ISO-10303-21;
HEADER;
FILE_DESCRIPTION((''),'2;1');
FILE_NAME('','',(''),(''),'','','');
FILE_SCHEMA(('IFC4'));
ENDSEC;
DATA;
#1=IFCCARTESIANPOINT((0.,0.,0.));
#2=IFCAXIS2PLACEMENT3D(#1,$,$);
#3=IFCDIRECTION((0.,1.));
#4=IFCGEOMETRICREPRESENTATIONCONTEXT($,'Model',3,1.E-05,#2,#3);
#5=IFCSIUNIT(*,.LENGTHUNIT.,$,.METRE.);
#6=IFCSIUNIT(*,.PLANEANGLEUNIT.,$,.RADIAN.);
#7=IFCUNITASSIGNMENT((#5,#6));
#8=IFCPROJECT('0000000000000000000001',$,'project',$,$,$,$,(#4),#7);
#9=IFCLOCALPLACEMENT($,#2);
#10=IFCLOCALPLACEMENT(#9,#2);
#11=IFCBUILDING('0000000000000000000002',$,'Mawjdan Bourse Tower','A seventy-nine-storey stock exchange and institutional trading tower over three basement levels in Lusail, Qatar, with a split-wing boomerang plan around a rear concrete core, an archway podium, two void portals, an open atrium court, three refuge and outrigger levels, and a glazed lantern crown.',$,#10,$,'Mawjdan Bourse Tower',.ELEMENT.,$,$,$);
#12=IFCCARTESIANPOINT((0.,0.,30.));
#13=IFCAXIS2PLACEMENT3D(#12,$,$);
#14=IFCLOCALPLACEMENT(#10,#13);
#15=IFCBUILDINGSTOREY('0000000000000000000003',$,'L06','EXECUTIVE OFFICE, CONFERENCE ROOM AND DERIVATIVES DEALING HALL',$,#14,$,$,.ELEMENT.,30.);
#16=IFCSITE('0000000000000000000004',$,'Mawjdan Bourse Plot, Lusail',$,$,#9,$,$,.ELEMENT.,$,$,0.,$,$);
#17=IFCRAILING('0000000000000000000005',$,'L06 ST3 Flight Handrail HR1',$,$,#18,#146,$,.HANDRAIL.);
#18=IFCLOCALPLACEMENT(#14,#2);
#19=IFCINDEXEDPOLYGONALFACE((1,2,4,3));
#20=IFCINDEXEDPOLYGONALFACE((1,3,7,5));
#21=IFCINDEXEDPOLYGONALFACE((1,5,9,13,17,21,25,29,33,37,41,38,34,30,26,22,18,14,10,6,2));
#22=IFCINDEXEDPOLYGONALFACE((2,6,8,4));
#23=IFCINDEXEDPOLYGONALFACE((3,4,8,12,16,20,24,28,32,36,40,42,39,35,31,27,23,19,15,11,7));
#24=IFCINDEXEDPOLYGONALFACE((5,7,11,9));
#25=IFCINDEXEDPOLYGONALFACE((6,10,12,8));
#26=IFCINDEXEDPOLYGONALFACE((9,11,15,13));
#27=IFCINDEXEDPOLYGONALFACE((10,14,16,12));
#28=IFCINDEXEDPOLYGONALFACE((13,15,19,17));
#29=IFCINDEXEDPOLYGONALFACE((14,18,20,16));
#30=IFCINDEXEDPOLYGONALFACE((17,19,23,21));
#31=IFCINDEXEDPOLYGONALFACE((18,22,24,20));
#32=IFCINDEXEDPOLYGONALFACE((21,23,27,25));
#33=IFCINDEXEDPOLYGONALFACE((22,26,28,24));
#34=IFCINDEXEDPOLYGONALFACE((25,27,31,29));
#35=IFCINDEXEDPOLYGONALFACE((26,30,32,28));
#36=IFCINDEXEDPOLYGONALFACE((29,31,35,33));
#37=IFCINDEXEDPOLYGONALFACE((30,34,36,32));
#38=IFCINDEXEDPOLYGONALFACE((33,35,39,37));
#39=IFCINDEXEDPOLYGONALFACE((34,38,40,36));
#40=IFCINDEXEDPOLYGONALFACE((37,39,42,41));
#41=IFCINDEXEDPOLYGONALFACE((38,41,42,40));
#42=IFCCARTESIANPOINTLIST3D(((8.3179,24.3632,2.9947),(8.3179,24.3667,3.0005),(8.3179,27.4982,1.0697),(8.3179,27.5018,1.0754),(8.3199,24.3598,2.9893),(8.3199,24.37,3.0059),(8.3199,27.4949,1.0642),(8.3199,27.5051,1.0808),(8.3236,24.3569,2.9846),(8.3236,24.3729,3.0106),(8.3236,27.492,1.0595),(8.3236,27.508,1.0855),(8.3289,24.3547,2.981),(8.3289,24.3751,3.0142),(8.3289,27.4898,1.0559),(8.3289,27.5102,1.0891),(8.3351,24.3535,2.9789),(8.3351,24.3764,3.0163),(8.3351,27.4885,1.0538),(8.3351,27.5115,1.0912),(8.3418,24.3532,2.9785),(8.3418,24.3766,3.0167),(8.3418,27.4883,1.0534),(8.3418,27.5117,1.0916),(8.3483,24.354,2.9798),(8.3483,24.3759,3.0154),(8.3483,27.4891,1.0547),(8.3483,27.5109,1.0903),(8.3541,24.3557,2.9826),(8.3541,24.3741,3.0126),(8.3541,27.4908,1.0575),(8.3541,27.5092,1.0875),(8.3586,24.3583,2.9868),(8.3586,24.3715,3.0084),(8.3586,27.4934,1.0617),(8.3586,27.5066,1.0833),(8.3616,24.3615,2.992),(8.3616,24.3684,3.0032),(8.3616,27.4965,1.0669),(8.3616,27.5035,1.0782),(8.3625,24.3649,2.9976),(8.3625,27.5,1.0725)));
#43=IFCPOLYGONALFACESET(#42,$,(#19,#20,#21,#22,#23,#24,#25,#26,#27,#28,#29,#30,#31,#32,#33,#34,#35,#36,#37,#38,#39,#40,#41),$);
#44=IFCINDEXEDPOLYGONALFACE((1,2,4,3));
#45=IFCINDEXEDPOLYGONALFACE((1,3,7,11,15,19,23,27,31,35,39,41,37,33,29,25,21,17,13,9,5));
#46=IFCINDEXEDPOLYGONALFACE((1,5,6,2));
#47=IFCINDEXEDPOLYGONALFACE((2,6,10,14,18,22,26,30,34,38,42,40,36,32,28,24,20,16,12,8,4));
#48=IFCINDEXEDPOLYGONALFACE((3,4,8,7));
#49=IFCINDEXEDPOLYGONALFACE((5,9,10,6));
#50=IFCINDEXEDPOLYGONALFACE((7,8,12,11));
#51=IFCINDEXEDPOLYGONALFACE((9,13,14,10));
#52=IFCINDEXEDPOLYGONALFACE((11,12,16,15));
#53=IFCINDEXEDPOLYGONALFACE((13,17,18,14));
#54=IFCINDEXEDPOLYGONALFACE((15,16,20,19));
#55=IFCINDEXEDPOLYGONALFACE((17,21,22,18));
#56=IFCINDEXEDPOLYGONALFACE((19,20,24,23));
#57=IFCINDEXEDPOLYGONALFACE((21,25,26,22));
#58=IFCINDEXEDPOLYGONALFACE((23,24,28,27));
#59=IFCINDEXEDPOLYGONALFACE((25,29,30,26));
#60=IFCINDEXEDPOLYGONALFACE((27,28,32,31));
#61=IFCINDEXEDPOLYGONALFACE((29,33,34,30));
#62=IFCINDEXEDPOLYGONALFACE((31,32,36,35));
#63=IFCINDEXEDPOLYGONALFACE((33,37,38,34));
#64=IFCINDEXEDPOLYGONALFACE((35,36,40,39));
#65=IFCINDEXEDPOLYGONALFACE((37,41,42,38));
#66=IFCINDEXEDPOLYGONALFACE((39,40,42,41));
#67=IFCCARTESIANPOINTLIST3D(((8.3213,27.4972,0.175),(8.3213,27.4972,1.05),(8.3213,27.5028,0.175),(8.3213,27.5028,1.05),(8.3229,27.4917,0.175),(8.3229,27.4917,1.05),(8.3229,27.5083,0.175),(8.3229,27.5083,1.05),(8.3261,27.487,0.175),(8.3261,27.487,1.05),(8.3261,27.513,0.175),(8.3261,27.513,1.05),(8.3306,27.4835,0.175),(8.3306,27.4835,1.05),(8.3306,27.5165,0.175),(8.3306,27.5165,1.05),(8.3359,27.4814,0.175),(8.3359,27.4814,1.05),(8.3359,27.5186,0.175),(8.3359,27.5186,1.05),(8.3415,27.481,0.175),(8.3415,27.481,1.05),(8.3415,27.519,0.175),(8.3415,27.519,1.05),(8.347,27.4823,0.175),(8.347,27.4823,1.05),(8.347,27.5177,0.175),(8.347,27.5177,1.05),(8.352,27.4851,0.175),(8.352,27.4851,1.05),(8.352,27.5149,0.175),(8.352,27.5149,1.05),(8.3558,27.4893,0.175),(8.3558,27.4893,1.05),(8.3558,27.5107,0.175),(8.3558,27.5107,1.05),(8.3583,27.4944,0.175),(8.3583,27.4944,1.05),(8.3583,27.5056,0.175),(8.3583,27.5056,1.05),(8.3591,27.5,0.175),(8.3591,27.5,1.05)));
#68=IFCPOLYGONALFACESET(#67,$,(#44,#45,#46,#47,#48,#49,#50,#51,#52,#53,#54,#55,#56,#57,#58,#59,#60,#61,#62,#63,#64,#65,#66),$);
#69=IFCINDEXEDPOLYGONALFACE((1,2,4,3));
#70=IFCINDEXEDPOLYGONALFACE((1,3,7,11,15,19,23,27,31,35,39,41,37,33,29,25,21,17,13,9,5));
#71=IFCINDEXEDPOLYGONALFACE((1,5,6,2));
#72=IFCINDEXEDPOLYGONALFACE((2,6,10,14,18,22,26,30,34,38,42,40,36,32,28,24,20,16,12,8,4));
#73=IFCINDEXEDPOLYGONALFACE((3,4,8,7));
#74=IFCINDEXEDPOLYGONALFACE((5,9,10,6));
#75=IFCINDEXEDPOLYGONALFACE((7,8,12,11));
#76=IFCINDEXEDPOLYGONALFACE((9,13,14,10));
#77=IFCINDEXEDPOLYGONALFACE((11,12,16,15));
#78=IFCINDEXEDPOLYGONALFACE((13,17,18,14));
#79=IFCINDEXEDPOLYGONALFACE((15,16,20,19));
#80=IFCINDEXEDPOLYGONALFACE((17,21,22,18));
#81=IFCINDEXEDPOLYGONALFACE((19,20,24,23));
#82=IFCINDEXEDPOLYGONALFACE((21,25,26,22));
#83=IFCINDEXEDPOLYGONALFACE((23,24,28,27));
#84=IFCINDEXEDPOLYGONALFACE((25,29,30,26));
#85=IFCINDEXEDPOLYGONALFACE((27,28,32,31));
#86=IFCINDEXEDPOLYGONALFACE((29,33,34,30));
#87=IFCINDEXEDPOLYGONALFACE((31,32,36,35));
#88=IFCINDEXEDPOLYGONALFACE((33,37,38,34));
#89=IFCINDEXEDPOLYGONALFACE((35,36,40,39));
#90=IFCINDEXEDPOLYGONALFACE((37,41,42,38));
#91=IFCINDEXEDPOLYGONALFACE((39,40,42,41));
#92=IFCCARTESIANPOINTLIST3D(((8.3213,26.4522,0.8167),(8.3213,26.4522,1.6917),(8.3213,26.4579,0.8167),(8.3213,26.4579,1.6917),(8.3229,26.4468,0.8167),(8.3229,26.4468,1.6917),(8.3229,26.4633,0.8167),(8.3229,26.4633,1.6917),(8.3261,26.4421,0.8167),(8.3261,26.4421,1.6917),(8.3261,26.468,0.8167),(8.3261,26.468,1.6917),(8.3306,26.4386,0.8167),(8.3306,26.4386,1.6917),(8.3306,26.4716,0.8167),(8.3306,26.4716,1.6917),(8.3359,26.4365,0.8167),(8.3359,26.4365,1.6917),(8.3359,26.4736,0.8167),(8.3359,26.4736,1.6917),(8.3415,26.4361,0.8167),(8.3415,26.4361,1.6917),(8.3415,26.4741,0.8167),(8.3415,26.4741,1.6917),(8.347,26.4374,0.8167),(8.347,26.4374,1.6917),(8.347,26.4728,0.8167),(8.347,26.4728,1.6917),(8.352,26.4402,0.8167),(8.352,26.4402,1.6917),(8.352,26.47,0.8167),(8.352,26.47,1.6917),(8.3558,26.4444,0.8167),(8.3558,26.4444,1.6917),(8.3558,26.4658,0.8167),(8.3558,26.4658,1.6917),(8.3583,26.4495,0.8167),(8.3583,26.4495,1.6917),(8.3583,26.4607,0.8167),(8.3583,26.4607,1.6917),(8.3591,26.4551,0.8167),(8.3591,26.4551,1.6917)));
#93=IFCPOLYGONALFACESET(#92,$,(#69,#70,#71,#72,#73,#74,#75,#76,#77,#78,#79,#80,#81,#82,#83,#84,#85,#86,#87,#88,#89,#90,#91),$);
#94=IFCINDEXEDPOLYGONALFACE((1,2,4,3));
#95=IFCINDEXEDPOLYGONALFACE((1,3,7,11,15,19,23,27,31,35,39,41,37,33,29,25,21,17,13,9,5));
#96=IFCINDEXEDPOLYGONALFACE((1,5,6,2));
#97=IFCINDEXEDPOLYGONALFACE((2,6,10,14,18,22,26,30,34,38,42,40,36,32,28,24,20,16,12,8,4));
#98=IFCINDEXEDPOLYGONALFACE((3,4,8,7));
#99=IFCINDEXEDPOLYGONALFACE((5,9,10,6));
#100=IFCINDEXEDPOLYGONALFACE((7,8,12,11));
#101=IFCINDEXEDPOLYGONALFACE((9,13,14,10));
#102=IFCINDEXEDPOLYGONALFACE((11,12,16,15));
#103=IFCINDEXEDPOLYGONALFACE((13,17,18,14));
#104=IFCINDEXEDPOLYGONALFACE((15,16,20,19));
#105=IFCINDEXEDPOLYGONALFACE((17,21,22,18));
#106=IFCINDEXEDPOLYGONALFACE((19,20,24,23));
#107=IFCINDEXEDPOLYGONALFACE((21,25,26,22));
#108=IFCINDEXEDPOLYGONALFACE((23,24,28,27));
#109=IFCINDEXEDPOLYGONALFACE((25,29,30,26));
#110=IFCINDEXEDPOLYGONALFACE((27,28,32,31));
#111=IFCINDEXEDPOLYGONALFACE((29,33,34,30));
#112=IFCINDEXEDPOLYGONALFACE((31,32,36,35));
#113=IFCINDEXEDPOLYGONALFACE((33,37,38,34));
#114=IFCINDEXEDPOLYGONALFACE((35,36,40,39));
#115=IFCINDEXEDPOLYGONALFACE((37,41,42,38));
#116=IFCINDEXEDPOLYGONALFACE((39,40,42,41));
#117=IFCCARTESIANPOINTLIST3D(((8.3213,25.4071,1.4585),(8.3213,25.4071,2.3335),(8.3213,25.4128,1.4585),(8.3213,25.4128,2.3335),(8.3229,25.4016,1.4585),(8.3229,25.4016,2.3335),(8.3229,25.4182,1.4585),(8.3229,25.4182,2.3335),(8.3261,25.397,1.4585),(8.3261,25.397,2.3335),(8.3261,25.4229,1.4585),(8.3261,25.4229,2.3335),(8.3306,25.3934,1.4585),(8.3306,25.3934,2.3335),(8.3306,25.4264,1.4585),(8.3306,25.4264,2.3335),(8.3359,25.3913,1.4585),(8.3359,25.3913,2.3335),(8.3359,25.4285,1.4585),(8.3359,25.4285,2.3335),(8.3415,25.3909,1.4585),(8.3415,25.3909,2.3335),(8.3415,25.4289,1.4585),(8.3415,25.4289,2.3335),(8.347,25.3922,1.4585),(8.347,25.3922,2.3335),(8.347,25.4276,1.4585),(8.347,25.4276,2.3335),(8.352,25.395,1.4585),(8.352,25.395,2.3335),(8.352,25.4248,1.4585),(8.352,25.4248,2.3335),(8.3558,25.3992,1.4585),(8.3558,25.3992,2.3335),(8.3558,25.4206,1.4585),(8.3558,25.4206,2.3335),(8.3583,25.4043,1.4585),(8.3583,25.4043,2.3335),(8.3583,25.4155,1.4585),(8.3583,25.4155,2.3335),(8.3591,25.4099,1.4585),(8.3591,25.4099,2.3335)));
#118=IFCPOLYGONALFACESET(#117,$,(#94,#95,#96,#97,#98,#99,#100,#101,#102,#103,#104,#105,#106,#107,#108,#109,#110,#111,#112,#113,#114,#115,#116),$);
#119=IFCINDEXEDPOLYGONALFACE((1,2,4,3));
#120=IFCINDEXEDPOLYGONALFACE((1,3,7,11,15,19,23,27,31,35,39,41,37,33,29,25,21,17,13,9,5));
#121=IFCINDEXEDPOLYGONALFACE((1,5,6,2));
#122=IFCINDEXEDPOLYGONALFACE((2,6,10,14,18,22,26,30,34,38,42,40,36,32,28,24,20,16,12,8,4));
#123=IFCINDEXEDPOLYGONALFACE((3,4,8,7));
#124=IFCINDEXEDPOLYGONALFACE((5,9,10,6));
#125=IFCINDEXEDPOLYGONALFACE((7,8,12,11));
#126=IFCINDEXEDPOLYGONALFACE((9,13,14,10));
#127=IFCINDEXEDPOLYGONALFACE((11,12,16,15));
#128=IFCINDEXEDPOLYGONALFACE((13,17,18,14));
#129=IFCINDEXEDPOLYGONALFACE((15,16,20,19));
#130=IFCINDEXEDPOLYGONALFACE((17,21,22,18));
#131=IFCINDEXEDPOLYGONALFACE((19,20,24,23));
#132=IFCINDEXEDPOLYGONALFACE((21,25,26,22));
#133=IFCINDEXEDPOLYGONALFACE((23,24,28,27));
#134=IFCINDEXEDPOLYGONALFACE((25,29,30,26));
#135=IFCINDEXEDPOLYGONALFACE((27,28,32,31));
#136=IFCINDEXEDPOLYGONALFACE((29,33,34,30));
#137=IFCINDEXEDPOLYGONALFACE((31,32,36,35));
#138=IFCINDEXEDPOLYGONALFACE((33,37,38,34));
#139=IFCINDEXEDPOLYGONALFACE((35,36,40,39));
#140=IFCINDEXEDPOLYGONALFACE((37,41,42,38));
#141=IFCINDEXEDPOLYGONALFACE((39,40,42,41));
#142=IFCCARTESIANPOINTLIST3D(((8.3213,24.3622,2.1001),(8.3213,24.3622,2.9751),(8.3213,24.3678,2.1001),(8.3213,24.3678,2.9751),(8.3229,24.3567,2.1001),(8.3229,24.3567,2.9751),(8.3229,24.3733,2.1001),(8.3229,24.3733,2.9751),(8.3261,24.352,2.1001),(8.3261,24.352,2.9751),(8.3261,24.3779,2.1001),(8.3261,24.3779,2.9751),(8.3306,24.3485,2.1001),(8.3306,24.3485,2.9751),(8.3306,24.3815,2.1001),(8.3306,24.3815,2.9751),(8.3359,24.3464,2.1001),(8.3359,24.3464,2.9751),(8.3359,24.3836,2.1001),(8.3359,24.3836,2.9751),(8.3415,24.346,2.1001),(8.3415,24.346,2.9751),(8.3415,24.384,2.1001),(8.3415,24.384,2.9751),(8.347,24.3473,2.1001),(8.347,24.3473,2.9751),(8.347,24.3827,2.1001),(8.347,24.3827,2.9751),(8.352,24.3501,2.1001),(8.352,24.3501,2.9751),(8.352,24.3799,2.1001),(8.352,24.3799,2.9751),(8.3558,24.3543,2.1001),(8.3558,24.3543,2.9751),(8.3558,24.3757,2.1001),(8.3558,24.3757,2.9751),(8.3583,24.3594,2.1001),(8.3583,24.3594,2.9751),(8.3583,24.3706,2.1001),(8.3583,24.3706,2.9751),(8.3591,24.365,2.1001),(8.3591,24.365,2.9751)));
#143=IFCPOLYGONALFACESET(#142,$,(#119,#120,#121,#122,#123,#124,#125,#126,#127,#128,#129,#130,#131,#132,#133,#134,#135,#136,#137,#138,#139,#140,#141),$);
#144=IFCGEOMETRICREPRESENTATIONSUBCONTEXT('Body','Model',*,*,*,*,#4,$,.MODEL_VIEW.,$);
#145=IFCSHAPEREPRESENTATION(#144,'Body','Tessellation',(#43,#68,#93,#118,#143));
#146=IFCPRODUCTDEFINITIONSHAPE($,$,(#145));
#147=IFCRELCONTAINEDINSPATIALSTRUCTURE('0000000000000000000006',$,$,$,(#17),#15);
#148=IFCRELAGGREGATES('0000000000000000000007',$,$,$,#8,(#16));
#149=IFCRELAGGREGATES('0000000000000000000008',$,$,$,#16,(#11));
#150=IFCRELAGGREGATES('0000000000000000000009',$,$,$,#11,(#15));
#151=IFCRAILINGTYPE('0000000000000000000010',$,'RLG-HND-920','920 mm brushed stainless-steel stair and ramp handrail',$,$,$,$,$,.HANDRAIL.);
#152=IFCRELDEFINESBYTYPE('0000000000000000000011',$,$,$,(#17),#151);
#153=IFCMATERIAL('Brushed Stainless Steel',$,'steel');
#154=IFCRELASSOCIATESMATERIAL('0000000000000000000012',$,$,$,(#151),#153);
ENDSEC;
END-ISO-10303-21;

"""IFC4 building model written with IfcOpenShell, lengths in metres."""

from ifc_helpers import new_model, si_unit, direction, frame, origin, origin_2d, place, context, subcontext, project, spatial, circle, extrude, material, type_object, element, save


model = new_model("IFC4")

# Units and contexts
model_context = context("Model", 3, precision=1e-05, world=origin(), true_north=direction((0.0, 1.0)))
body_context = subcontext(model_context, "Body", "Model", "MODEL_VIEW")
ifc_project = project(units=[si_unit("LENGTHUNIT", "METRE"), si_unit("PLANEANGLEUNIT", "RADIAN")], contexts=[model_context])

# Site, building, storey
site_placement = place(None, origin())
site = spatial("IfcSite", under=ifc_project, at=site_placement, Name="Mawjdan Bourse Plot, Lusail", CompositionType="ELEMENT", RefElevation=0.0)
building_placement = place(site_placement, origin())
building = spatial("IfcBuilding", under=site, at=building_placement, Name="Mawjdan Bourse Tower", Description="A seventy-nine-storey stock exchange and institutional trading tower over three basement levels in Lusail, Qatar, with a split-wing boomerang plan around a rear concrete core, an archway podium, two void portals, an open atrium court, three refuge and outrigger levels, and a glazed lantern crown.", LongName="Mawjdan Bourse Tower", CompositionType="ELEMENT")
storey_placement = place(building_placement, frame((0.0, 0.0, 30.0)))
storey = spatial("IfcBuildingStorey", under=building, at=storey_placement, Name="L06", Description="EXECUTIVE OFFICE, CONFERENCE ROOM AND DERIVATIVES DEALING HALL", CompositionType="ELEMENT", Elevation=30.0)

# Railing
ifc_material_1 = material(Name="Brushed Stainless Steel", Category="steel")
railing_type_1 = type_object("IfcRailingType", Name="RLG-HND-920", Description="920 mm brushed stainless-steel stair and ramp handrail", PredefinedType="HANDRAIL", material=ifc_material_1)
railing_1_placement = place(storey_placement, frame((8.3401, 27.5, 0.175)))
element("IfcRailing", 1, at=railing_1_placement, inside=storey, type_object=railing_type_1, Name="L06 ST3 Flight Handrail HR1", PredefinedType="HANDRAIL", context=body_context, shape_type="SweptSolid", body=[
    extrude(circle(Radius=0.0225, at=origin_2d()), frame((0.0, 0.0, 0.8975), z_axis=(0.0, -0.852166, 0.523271), x_axis=(1.0, 0.0, 0.0)), (0.0, 0.0, 1.0), 3.679),
    extrude(circle(Radius=0.019, at=origin_2d()), origin(), (0.0, 0.0, 1.0), 0.875),
    extrude(circle(Radius=0.019, at=origin_2d()), frame((0.0, -1.0449, 0.6416)), (0.0, 0.0, 1.0), 0.875),
    extrude(circle(Radius=0.019, at=origin_2d()), frame((0.0, -2.0901, 1.2834)), (0.0, 0.0, 1.0), 0.875),
    extrude(circle(Radius=0.019, at=origin_2d()), frame((0.0, -3.135, 1.925)), (0.0, 0.0, 1.0), 0.875),
])

save(model, "model.ifc")
